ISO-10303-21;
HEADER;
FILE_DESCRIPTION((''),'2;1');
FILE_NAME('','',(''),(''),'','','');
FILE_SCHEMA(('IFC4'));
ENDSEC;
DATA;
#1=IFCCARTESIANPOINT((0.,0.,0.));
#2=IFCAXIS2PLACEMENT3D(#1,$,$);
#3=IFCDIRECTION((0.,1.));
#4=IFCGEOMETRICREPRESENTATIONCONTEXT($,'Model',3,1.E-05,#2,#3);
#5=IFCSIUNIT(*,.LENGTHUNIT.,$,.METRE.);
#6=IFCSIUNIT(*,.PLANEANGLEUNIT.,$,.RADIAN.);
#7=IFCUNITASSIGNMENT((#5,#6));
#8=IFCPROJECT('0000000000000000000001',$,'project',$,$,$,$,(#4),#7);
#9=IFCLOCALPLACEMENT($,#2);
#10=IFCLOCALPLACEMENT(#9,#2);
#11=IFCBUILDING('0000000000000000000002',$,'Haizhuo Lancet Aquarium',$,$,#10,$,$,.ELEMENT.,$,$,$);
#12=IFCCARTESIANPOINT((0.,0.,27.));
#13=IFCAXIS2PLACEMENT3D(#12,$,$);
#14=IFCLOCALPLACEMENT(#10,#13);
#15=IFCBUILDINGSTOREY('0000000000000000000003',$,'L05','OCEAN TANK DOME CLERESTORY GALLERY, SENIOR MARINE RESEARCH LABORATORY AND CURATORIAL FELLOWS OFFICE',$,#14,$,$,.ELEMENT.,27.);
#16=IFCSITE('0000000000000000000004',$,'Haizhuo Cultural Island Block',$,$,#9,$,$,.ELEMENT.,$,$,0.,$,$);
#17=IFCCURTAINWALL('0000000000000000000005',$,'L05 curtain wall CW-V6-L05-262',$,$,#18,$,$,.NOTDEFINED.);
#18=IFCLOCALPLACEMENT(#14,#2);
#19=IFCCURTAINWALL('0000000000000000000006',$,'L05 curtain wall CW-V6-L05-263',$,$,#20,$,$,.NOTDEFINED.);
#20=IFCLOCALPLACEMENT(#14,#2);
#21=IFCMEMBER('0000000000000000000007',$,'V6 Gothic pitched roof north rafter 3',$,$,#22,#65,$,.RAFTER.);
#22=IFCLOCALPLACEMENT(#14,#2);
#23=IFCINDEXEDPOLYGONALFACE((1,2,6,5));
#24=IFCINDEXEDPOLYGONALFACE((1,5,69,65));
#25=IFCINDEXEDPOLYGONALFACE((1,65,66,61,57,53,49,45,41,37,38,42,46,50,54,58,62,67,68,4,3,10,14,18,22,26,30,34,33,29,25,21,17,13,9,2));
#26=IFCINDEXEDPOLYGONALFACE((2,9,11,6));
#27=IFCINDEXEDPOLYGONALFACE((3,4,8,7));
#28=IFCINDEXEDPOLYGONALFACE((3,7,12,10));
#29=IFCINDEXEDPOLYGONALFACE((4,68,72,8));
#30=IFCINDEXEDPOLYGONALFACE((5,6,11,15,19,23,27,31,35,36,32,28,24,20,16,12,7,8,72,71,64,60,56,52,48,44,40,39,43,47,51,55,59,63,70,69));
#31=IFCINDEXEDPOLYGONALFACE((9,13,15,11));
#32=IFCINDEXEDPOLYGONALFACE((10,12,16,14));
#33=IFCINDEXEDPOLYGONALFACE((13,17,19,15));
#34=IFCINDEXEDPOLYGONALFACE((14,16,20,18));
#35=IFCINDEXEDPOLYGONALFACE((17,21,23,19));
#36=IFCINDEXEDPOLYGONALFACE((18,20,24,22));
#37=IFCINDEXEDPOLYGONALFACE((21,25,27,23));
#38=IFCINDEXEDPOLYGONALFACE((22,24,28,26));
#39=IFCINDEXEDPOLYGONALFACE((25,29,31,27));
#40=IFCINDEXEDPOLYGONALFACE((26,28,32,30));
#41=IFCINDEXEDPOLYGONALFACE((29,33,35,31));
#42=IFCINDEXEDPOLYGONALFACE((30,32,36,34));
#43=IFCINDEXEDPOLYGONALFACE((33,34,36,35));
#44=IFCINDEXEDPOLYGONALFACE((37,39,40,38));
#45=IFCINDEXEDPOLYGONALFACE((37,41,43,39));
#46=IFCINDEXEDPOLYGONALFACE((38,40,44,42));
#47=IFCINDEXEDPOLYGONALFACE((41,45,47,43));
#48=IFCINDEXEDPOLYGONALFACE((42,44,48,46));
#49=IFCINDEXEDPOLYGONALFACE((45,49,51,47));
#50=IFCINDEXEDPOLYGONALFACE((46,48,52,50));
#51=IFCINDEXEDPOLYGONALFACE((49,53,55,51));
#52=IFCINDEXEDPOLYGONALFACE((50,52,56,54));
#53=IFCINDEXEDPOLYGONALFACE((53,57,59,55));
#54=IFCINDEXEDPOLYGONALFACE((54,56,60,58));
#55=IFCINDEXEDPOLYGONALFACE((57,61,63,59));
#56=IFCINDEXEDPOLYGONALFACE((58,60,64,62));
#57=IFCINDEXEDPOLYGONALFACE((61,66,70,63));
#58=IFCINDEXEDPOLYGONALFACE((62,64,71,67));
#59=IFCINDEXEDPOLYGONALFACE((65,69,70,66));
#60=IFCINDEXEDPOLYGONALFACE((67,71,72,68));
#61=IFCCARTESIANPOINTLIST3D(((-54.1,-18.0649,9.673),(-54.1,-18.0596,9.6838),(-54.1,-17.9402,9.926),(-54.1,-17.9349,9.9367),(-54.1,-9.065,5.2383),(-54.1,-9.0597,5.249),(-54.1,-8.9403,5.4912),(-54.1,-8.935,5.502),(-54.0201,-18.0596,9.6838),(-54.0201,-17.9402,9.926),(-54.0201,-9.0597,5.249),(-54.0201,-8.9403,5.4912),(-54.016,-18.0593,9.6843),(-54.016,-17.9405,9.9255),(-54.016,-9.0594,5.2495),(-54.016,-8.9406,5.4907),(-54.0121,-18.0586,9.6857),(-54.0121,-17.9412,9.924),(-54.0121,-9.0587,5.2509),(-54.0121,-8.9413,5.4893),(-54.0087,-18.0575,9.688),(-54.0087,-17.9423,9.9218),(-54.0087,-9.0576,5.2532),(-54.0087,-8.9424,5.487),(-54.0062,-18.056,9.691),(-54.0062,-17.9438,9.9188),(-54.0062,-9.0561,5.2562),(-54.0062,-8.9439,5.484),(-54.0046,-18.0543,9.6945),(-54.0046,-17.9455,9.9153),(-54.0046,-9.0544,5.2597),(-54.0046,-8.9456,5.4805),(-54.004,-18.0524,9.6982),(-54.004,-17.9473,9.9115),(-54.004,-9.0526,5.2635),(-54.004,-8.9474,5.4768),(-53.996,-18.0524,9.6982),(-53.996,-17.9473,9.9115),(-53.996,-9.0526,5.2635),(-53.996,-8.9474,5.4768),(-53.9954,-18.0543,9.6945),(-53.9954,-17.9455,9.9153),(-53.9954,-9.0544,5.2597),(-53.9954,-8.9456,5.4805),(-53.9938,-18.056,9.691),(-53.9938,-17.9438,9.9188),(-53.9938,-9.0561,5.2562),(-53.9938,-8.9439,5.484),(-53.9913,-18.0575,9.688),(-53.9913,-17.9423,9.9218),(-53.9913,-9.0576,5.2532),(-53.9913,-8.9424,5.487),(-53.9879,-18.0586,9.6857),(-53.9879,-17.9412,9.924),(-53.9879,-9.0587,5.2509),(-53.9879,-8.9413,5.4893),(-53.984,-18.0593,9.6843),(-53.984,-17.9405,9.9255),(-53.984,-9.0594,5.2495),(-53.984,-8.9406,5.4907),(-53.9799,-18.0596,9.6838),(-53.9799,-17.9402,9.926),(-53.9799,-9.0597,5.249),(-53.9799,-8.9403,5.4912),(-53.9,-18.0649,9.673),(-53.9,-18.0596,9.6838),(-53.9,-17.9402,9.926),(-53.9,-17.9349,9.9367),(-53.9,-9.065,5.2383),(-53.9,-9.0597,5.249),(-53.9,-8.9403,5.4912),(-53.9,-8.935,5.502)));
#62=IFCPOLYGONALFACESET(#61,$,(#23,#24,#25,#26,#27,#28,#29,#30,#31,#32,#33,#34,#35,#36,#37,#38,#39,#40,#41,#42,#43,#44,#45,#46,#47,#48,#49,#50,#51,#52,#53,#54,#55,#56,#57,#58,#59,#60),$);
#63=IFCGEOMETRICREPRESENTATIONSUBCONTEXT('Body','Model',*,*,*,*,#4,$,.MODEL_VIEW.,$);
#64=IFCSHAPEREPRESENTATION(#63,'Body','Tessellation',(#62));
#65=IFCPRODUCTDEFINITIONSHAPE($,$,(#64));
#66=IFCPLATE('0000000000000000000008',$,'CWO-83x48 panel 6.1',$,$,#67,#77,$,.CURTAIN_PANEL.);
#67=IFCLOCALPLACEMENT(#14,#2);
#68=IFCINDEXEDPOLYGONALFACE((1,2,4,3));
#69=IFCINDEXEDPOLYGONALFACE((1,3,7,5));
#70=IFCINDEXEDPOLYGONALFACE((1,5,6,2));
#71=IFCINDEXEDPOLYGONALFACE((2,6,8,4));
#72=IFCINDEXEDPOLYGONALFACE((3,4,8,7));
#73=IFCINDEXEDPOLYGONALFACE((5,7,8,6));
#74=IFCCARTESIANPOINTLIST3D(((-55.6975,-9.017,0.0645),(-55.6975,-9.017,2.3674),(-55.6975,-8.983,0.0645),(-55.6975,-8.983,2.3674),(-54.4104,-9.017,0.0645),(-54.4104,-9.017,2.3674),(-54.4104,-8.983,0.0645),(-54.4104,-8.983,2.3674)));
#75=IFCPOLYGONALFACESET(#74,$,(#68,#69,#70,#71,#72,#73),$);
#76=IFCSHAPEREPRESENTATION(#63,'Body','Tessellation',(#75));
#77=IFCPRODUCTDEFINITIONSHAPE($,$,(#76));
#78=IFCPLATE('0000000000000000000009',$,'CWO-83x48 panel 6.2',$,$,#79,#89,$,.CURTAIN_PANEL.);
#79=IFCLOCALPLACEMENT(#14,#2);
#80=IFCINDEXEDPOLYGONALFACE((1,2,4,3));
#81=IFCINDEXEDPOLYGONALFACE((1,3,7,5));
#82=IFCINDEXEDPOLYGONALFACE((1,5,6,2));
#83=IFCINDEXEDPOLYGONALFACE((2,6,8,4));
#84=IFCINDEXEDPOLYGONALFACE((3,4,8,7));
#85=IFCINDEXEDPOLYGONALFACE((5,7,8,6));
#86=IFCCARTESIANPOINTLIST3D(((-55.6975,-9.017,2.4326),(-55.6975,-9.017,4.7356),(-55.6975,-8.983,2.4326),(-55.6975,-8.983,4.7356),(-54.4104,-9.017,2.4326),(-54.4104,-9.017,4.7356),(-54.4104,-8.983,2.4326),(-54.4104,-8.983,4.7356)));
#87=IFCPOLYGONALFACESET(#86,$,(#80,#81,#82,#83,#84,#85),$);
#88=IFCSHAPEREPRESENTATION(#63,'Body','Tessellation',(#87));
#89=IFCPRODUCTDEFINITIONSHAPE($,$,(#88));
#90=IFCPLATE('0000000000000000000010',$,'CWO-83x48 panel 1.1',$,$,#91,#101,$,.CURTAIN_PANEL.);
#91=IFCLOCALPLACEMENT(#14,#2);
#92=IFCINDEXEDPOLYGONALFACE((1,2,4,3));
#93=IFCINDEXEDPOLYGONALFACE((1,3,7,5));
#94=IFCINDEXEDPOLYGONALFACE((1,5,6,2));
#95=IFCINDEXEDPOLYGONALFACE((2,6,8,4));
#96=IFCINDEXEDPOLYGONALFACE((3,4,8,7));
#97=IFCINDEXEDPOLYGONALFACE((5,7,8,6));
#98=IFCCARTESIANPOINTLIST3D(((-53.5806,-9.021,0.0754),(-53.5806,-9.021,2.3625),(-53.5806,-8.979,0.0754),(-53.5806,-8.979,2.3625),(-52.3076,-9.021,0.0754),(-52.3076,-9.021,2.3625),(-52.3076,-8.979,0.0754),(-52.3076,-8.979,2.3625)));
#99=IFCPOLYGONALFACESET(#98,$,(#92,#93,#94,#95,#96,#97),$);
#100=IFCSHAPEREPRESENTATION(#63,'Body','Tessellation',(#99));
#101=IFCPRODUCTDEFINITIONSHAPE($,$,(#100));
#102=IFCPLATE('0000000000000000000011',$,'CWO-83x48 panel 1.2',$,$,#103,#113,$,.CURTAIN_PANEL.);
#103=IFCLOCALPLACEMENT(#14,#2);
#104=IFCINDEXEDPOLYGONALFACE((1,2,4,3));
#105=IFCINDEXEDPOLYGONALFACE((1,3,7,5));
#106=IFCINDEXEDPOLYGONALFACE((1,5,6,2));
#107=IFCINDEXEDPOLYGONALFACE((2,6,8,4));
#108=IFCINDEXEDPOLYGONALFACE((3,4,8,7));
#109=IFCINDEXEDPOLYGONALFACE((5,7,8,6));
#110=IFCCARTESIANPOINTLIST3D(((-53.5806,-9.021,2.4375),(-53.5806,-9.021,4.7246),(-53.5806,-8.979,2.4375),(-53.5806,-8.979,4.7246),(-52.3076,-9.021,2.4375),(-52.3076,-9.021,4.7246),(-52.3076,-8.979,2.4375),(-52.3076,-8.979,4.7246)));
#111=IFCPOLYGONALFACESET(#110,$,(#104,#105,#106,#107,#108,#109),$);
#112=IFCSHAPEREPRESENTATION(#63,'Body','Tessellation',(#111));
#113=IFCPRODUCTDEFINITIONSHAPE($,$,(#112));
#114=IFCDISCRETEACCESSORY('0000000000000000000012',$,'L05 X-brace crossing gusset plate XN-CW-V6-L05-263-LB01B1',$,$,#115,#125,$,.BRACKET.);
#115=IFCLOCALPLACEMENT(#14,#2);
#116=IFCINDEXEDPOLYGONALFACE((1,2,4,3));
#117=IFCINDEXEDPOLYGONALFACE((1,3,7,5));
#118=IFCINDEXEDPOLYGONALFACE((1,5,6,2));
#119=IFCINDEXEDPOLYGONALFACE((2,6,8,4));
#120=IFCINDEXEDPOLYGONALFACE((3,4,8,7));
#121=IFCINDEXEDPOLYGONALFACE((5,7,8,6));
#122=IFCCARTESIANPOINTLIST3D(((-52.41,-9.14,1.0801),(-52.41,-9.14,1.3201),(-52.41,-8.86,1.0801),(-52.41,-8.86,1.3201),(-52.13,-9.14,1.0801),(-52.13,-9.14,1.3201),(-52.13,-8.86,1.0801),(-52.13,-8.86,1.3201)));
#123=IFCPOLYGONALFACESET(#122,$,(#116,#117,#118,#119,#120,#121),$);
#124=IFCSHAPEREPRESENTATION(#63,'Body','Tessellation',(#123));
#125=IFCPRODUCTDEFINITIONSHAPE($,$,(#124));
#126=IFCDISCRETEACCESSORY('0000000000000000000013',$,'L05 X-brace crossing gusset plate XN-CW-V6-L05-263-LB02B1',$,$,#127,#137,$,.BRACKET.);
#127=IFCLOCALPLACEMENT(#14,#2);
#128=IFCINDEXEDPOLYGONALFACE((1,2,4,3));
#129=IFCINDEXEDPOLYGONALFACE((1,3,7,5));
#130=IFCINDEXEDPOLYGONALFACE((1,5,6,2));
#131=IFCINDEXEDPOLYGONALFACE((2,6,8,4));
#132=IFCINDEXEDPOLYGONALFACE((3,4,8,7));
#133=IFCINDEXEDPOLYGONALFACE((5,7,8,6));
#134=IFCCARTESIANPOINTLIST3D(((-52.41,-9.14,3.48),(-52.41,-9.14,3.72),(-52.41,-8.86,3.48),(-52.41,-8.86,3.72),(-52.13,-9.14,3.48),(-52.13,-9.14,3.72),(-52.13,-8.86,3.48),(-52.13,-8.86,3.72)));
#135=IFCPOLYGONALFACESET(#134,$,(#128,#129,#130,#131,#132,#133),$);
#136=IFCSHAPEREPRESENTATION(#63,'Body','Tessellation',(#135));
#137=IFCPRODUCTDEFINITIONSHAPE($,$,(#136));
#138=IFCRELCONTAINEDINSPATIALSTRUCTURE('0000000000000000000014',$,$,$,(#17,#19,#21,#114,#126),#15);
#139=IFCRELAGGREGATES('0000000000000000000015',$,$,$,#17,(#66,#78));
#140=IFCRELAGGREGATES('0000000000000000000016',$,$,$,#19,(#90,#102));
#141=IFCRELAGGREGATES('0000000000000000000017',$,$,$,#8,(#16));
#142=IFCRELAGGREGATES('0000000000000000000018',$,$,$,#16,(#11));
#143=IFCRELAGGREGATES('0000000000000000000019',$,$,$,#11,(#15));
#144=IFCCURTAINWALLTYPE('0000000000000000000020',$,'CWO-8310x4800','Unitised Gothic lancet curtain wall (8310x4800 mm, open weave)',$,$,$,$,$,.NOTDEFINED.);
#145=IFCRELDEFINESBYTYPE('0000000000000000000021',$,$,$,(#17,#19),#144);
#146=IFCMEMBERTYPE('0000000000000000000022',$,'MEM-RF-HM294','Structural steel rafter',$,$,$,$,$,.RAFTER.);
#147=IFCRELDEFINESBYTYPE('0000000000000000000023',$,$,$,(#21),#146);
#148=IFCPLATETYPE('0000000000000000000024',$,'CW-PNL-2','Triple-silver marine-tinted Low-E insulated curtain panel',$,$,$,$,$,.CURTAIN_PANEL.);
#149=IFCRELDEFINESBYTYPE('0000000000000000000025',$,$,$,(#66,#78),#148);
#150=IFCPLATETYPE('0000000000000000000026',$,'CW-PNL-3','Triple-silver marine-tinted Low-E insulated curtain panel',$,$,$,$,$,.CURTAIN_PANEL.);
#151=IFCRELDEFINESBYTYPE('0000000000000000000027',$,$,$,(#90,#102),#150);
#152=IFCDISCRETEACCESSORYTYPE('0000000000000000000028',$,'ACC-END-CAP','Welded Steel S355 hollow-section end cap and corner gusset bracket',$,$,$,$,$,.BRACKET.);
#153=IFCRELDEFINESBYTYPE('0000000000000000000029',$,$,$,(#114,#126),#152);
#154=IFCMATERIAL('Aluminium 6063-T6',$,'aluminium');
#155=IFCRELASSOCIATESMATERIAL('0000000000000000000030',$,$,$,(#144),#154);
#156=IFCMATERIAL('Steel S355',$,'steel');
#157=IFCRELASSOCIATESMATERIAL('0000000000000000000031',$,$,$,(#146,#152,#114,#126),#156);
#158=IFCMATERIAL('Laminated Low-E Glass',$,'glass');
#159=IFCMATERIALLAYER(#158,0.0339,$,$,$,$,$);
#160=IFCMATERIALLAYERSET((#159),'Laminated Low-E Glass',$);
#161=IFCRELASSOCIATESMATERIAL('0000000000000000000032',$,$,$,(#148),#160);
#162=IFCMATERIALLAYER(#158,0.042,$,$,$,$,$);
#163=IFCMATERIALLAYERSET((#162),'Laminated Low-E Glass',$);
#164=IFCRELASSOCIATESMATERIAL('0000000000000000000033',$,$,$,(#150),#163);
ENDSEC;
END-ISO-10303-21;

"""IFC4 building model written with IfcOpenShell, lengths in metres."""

from ifc_helpers import new_model, si_unit, direction, frame, origin, origin_2d, place, context, subcontext, project, spatial, rectangle, i_section, extrude, material, layer, layer_set, material_profile, profile_set, type_object, element, aggregate, save


model = new_model("IFC4")

# Units and contexts
model_context = context("Model", 3, precision=1e-05, world=origin(), true_north=direction((0.0, 1.0)))
body_context = subcontext(model_context, "Body", "Model", "MODEL_VIEW")
ifc_project = project(units=[si_unit("LENGTHUNIT", "METRE"), si_unit("PLANEANGLEUNIT", "RADIAN")], contexts=[model_context])

# Site, building, storey
site_placement = place(None, origin())
site = spatial("IfcSite", under=ifc_project, at=site_placement, Name="Haizhuo Cultural Island Block", CompositionType="ELEMENT", RefElevation=0.0)
building_placement = place(site_placement, origin())
building = spatial("IfcBuilding", under=site, at=building_placement, Name="Haizhuo Lancet Aquarium", CompositionType="ELEMENT")
storey_placement = place(building_placement, frame((0.0, 0.0, 27.0)))
storey = spatial("IfcBuildingStorey", under=building, at=storey_placement, Name="L05", Description="OCEAN TANK DOME CLERESTORY GALLERY, SENIOR MARINE RESEARCH LABORATORY AND CURATORIAL FELLOWS OFFICE", CompositionType="ELEMENT", Elevation=27.0)

# Shared definitions
ifc_material_1 = material(Name="Steel S355", Category="steel")

# Curtain wall
ifc_material_2 = material(Name="Aluminium 6063-T6", Category="aluminium")
curtain_wall_type = type_object("IfcCurtainWallType", Name="CWO-8310x4800", Description="Unitised Gothic lancet curtain wall (8310x4800 mm, open weave)", PredefinedType="NOTDEFINED", material=ifc_material_2)
curtain_wall_1_placement = place(storey_placement, origin())
curtain_wall_1 = element("IfcCurtainWall", 1, at=curtain_wall_1_placement, inside=storey, type_object=curtain_wall_type, Name="L05 curtain wall CW-V6-L05-262", PredefinedType="NOTDEFINED")

# Curtain wall
curtain_wall_2_placement = place(storey_placement, origin())
curtain_wall_2 = element("IfcCurtainWall", 2, at=curtain_wall_2_placement, inside=storey, type_object=curtain_wall_type, Name="L05 curtain wall CW-V6-L05-263", PredefinedType="NOTDEFINED")

# Member
ifc_material_profile_1 = material_profile(ifc_material_1, i_section(OverallWidth=0.2, OverallDepth=0.2939, WebThickness=0.0081, FlangeThickness=0.012, FilletRadius=0.0161, at=origin_2d()), Name="HM 294x200x8x12")
ifc_profile_set_1 = profile_set([ifc_material_profile_1], Name="Steel S355")
member_type_1 = type_object("IfcMemberType", Name="MEM-RF-HM294", Description="Structural steel rafter", PredefinedType="RAFTER", material=ifc_profile_set_1)
member_1_placement = place(storey_placement, frame((-54.0, -9.0, 5.3701), z_axis=(0.0, -0.897011, 0.442009), x_axis=(1.0, 0.0, 0.0)))
element("IfcMember", 3, at=member_1_placement, inside=storey, type_object=member_type_1, Name="V6 Gothic pitched roof north rafter 3", PredefinedType="RAFTER", context=body_context, shape_type="SweptSolid", body=[
    extrude(i_section(OverallWidth=0.2, OverallDepth=0.2939, WebThickness=0.0081, FlangeThickness=0.012, FilletRadius=0.0161, at=origin_2d()), origin(), (0.0, 0.0, 1.0), 10.0332),
])

# Plates
ifc_material_3 = material(Name="Laminated Low-E Glass", Category="glass")
ifc_layer_1 = layer(ifc_material_3, 0.0339)
ifc_layer_set_1 = layer_set([ifc_layer_1], Name="Laminated Low-E Glass")
plate_type_1 = type_object("IfcPlateType", Name="CW-PNL-2", Description="Triple-silver marine-tinted Low-E insulated curtain panel", PredefinedType="CURTAIN_PANEL", material=ifc_layer_set_1)
plate_1_placement = place(storey_placement, frame((-55.054, -9.0, 0.0645), z_axis=(0.0, 0.0, 1.0), x_axis=(1.0, 0.0, 0.0)))
plate_1 = element("IfcPlate", 4, at=plate_1_placement, type_object=plate_type_1, Name="CWO-83x48 panel 6.1", PredefinedType="CURTAIN_PANEL", context=body_context, shape_type="SweptSolid", body=[
    extrude(rectangle(XDim=1.2871, YDim=0.0339, at=origin_2d()), origin(), (0.0, 0.0, 1.0), 2.303),
])
plate_2_placement = place(storey_placement, frame((-55.054, -9.0, 2.4326), z_axis=(0.0, 0.0, 1.0), x_axis=(1.0, 0.0, 0.0)))
plate_2 = element("IfcPlate", 5, at=plate_2_placement, type_object=plate_type_1, Name="CWO-83x48 panel 6.2", PredefinedType="CURTAIN_PANEL", context=body_context, shape_type="SweptSolid", body=[
    extrude(rectangle(XDim=1.2871, YDim=0.0339, at=origin_2d()), origin(), (0.0, 0.0, 1.0), 2.303),
])
aggregate(curtain_wall_1, [plate_1, plate_2])
ifc_layer_2 = layer(ifc_material_3, 0.042)
ifc_layer_set_2 = layer_set([ifc_layer_2], Name="Laminated Low-E Glass")
plate_type_2 = type_object("IfcPlateType", Name="CW-PNL-3", Description="Triple-silver marine-tinted Low-E insulated curtain panel", PredefinedType="CURTAIN_PANEL", material=ifc_layer_set_2)
plate_3_placement = place(storey_placement, frame((-52.9441, -9.0, 0.0754), z_axis=(0.0, 0.0, 1.0), x_axis=(1.0, 0.0, 0.0)))
plate_3 = element("IfcPlate", 6, at=plate_3_placement, type_object=plate_type_2, Name="CWO-83x48 panel 1.1", PredefinedType="CURTAIN_PANEL", context=body_context, shape_type="SweptSolid", body=[
    extrude(rectangle(XDim=1.2729, YDim=0.042, at=origin_2d()), origin(), (0.0, 0.0, 1.0), 2.2871),
])
plate_4_placement = place(storey_placement, frame((-52.9441, -9.0, 2.4375), z_axis=(0.0, 0.0, 1.0), x_axis=(1.0, 0.0, 0.0)))
plate_4 = element("IfcPlate", 7, at=plate_4_placement, type_object=plate_type_2, Name="CWO-83x48 panel 1.2", PredefinedType="CURTAIN_PANEL", context=body_context, shape_type="SweptSolid", body=[
    extrude(rectangle(XDim=1.2729, YDim=0.042, at=origin_2d()), origin(), (0.0, 0.0, 1.0), 2.2871),
])
aggregate(curtain_wall_2, [plate_3, plate_4])

# Discrete accessories
discrete_accessory_type = type_object("IfcDiscreteAccessoryType", Name="ACC-END-CAP", Description="Welded Steel S355 hollow-section end cap and corner gusset bracket", PredefinedType="BRACKET", material=ifc_material_1)
for number, where, z_axis, x_axis, name in (
    (8, (-52.27, -9.0, 1.0801), (0.0, 0.0, 1.0), (1.0, 0.0, 0.0), "L05 X-brace crossing gusset plate XN-CW-V6-L05-263-LB01B1"),
    (9, (-52.27, -9.0, 3.48), (0.0, 0.0, 1.0), (1.0, 0.0, 0.0), "L05 X-brace crossing gusset plate XN-CW-V6-L05-263-LB02B1"),
):
    element("IfcDiscreteAccessory", number, at=place(storey_placement, frame(where, z_axis=z_axis, x_axis=x_axis)), inside=storey, type_object=discrete_accessory_type, material=ifc_material_1, Name=name, PredefinedType="BRACKET", context=body_context, shape_type="SweptSolid", body=[
        extrude(rectangle(XDim=0.28, YDim=0.28, at=origin_2d()), origin(), (0.0, 0.0, 1.0), 0.24),
    ])

save(model, "model.ifc")
